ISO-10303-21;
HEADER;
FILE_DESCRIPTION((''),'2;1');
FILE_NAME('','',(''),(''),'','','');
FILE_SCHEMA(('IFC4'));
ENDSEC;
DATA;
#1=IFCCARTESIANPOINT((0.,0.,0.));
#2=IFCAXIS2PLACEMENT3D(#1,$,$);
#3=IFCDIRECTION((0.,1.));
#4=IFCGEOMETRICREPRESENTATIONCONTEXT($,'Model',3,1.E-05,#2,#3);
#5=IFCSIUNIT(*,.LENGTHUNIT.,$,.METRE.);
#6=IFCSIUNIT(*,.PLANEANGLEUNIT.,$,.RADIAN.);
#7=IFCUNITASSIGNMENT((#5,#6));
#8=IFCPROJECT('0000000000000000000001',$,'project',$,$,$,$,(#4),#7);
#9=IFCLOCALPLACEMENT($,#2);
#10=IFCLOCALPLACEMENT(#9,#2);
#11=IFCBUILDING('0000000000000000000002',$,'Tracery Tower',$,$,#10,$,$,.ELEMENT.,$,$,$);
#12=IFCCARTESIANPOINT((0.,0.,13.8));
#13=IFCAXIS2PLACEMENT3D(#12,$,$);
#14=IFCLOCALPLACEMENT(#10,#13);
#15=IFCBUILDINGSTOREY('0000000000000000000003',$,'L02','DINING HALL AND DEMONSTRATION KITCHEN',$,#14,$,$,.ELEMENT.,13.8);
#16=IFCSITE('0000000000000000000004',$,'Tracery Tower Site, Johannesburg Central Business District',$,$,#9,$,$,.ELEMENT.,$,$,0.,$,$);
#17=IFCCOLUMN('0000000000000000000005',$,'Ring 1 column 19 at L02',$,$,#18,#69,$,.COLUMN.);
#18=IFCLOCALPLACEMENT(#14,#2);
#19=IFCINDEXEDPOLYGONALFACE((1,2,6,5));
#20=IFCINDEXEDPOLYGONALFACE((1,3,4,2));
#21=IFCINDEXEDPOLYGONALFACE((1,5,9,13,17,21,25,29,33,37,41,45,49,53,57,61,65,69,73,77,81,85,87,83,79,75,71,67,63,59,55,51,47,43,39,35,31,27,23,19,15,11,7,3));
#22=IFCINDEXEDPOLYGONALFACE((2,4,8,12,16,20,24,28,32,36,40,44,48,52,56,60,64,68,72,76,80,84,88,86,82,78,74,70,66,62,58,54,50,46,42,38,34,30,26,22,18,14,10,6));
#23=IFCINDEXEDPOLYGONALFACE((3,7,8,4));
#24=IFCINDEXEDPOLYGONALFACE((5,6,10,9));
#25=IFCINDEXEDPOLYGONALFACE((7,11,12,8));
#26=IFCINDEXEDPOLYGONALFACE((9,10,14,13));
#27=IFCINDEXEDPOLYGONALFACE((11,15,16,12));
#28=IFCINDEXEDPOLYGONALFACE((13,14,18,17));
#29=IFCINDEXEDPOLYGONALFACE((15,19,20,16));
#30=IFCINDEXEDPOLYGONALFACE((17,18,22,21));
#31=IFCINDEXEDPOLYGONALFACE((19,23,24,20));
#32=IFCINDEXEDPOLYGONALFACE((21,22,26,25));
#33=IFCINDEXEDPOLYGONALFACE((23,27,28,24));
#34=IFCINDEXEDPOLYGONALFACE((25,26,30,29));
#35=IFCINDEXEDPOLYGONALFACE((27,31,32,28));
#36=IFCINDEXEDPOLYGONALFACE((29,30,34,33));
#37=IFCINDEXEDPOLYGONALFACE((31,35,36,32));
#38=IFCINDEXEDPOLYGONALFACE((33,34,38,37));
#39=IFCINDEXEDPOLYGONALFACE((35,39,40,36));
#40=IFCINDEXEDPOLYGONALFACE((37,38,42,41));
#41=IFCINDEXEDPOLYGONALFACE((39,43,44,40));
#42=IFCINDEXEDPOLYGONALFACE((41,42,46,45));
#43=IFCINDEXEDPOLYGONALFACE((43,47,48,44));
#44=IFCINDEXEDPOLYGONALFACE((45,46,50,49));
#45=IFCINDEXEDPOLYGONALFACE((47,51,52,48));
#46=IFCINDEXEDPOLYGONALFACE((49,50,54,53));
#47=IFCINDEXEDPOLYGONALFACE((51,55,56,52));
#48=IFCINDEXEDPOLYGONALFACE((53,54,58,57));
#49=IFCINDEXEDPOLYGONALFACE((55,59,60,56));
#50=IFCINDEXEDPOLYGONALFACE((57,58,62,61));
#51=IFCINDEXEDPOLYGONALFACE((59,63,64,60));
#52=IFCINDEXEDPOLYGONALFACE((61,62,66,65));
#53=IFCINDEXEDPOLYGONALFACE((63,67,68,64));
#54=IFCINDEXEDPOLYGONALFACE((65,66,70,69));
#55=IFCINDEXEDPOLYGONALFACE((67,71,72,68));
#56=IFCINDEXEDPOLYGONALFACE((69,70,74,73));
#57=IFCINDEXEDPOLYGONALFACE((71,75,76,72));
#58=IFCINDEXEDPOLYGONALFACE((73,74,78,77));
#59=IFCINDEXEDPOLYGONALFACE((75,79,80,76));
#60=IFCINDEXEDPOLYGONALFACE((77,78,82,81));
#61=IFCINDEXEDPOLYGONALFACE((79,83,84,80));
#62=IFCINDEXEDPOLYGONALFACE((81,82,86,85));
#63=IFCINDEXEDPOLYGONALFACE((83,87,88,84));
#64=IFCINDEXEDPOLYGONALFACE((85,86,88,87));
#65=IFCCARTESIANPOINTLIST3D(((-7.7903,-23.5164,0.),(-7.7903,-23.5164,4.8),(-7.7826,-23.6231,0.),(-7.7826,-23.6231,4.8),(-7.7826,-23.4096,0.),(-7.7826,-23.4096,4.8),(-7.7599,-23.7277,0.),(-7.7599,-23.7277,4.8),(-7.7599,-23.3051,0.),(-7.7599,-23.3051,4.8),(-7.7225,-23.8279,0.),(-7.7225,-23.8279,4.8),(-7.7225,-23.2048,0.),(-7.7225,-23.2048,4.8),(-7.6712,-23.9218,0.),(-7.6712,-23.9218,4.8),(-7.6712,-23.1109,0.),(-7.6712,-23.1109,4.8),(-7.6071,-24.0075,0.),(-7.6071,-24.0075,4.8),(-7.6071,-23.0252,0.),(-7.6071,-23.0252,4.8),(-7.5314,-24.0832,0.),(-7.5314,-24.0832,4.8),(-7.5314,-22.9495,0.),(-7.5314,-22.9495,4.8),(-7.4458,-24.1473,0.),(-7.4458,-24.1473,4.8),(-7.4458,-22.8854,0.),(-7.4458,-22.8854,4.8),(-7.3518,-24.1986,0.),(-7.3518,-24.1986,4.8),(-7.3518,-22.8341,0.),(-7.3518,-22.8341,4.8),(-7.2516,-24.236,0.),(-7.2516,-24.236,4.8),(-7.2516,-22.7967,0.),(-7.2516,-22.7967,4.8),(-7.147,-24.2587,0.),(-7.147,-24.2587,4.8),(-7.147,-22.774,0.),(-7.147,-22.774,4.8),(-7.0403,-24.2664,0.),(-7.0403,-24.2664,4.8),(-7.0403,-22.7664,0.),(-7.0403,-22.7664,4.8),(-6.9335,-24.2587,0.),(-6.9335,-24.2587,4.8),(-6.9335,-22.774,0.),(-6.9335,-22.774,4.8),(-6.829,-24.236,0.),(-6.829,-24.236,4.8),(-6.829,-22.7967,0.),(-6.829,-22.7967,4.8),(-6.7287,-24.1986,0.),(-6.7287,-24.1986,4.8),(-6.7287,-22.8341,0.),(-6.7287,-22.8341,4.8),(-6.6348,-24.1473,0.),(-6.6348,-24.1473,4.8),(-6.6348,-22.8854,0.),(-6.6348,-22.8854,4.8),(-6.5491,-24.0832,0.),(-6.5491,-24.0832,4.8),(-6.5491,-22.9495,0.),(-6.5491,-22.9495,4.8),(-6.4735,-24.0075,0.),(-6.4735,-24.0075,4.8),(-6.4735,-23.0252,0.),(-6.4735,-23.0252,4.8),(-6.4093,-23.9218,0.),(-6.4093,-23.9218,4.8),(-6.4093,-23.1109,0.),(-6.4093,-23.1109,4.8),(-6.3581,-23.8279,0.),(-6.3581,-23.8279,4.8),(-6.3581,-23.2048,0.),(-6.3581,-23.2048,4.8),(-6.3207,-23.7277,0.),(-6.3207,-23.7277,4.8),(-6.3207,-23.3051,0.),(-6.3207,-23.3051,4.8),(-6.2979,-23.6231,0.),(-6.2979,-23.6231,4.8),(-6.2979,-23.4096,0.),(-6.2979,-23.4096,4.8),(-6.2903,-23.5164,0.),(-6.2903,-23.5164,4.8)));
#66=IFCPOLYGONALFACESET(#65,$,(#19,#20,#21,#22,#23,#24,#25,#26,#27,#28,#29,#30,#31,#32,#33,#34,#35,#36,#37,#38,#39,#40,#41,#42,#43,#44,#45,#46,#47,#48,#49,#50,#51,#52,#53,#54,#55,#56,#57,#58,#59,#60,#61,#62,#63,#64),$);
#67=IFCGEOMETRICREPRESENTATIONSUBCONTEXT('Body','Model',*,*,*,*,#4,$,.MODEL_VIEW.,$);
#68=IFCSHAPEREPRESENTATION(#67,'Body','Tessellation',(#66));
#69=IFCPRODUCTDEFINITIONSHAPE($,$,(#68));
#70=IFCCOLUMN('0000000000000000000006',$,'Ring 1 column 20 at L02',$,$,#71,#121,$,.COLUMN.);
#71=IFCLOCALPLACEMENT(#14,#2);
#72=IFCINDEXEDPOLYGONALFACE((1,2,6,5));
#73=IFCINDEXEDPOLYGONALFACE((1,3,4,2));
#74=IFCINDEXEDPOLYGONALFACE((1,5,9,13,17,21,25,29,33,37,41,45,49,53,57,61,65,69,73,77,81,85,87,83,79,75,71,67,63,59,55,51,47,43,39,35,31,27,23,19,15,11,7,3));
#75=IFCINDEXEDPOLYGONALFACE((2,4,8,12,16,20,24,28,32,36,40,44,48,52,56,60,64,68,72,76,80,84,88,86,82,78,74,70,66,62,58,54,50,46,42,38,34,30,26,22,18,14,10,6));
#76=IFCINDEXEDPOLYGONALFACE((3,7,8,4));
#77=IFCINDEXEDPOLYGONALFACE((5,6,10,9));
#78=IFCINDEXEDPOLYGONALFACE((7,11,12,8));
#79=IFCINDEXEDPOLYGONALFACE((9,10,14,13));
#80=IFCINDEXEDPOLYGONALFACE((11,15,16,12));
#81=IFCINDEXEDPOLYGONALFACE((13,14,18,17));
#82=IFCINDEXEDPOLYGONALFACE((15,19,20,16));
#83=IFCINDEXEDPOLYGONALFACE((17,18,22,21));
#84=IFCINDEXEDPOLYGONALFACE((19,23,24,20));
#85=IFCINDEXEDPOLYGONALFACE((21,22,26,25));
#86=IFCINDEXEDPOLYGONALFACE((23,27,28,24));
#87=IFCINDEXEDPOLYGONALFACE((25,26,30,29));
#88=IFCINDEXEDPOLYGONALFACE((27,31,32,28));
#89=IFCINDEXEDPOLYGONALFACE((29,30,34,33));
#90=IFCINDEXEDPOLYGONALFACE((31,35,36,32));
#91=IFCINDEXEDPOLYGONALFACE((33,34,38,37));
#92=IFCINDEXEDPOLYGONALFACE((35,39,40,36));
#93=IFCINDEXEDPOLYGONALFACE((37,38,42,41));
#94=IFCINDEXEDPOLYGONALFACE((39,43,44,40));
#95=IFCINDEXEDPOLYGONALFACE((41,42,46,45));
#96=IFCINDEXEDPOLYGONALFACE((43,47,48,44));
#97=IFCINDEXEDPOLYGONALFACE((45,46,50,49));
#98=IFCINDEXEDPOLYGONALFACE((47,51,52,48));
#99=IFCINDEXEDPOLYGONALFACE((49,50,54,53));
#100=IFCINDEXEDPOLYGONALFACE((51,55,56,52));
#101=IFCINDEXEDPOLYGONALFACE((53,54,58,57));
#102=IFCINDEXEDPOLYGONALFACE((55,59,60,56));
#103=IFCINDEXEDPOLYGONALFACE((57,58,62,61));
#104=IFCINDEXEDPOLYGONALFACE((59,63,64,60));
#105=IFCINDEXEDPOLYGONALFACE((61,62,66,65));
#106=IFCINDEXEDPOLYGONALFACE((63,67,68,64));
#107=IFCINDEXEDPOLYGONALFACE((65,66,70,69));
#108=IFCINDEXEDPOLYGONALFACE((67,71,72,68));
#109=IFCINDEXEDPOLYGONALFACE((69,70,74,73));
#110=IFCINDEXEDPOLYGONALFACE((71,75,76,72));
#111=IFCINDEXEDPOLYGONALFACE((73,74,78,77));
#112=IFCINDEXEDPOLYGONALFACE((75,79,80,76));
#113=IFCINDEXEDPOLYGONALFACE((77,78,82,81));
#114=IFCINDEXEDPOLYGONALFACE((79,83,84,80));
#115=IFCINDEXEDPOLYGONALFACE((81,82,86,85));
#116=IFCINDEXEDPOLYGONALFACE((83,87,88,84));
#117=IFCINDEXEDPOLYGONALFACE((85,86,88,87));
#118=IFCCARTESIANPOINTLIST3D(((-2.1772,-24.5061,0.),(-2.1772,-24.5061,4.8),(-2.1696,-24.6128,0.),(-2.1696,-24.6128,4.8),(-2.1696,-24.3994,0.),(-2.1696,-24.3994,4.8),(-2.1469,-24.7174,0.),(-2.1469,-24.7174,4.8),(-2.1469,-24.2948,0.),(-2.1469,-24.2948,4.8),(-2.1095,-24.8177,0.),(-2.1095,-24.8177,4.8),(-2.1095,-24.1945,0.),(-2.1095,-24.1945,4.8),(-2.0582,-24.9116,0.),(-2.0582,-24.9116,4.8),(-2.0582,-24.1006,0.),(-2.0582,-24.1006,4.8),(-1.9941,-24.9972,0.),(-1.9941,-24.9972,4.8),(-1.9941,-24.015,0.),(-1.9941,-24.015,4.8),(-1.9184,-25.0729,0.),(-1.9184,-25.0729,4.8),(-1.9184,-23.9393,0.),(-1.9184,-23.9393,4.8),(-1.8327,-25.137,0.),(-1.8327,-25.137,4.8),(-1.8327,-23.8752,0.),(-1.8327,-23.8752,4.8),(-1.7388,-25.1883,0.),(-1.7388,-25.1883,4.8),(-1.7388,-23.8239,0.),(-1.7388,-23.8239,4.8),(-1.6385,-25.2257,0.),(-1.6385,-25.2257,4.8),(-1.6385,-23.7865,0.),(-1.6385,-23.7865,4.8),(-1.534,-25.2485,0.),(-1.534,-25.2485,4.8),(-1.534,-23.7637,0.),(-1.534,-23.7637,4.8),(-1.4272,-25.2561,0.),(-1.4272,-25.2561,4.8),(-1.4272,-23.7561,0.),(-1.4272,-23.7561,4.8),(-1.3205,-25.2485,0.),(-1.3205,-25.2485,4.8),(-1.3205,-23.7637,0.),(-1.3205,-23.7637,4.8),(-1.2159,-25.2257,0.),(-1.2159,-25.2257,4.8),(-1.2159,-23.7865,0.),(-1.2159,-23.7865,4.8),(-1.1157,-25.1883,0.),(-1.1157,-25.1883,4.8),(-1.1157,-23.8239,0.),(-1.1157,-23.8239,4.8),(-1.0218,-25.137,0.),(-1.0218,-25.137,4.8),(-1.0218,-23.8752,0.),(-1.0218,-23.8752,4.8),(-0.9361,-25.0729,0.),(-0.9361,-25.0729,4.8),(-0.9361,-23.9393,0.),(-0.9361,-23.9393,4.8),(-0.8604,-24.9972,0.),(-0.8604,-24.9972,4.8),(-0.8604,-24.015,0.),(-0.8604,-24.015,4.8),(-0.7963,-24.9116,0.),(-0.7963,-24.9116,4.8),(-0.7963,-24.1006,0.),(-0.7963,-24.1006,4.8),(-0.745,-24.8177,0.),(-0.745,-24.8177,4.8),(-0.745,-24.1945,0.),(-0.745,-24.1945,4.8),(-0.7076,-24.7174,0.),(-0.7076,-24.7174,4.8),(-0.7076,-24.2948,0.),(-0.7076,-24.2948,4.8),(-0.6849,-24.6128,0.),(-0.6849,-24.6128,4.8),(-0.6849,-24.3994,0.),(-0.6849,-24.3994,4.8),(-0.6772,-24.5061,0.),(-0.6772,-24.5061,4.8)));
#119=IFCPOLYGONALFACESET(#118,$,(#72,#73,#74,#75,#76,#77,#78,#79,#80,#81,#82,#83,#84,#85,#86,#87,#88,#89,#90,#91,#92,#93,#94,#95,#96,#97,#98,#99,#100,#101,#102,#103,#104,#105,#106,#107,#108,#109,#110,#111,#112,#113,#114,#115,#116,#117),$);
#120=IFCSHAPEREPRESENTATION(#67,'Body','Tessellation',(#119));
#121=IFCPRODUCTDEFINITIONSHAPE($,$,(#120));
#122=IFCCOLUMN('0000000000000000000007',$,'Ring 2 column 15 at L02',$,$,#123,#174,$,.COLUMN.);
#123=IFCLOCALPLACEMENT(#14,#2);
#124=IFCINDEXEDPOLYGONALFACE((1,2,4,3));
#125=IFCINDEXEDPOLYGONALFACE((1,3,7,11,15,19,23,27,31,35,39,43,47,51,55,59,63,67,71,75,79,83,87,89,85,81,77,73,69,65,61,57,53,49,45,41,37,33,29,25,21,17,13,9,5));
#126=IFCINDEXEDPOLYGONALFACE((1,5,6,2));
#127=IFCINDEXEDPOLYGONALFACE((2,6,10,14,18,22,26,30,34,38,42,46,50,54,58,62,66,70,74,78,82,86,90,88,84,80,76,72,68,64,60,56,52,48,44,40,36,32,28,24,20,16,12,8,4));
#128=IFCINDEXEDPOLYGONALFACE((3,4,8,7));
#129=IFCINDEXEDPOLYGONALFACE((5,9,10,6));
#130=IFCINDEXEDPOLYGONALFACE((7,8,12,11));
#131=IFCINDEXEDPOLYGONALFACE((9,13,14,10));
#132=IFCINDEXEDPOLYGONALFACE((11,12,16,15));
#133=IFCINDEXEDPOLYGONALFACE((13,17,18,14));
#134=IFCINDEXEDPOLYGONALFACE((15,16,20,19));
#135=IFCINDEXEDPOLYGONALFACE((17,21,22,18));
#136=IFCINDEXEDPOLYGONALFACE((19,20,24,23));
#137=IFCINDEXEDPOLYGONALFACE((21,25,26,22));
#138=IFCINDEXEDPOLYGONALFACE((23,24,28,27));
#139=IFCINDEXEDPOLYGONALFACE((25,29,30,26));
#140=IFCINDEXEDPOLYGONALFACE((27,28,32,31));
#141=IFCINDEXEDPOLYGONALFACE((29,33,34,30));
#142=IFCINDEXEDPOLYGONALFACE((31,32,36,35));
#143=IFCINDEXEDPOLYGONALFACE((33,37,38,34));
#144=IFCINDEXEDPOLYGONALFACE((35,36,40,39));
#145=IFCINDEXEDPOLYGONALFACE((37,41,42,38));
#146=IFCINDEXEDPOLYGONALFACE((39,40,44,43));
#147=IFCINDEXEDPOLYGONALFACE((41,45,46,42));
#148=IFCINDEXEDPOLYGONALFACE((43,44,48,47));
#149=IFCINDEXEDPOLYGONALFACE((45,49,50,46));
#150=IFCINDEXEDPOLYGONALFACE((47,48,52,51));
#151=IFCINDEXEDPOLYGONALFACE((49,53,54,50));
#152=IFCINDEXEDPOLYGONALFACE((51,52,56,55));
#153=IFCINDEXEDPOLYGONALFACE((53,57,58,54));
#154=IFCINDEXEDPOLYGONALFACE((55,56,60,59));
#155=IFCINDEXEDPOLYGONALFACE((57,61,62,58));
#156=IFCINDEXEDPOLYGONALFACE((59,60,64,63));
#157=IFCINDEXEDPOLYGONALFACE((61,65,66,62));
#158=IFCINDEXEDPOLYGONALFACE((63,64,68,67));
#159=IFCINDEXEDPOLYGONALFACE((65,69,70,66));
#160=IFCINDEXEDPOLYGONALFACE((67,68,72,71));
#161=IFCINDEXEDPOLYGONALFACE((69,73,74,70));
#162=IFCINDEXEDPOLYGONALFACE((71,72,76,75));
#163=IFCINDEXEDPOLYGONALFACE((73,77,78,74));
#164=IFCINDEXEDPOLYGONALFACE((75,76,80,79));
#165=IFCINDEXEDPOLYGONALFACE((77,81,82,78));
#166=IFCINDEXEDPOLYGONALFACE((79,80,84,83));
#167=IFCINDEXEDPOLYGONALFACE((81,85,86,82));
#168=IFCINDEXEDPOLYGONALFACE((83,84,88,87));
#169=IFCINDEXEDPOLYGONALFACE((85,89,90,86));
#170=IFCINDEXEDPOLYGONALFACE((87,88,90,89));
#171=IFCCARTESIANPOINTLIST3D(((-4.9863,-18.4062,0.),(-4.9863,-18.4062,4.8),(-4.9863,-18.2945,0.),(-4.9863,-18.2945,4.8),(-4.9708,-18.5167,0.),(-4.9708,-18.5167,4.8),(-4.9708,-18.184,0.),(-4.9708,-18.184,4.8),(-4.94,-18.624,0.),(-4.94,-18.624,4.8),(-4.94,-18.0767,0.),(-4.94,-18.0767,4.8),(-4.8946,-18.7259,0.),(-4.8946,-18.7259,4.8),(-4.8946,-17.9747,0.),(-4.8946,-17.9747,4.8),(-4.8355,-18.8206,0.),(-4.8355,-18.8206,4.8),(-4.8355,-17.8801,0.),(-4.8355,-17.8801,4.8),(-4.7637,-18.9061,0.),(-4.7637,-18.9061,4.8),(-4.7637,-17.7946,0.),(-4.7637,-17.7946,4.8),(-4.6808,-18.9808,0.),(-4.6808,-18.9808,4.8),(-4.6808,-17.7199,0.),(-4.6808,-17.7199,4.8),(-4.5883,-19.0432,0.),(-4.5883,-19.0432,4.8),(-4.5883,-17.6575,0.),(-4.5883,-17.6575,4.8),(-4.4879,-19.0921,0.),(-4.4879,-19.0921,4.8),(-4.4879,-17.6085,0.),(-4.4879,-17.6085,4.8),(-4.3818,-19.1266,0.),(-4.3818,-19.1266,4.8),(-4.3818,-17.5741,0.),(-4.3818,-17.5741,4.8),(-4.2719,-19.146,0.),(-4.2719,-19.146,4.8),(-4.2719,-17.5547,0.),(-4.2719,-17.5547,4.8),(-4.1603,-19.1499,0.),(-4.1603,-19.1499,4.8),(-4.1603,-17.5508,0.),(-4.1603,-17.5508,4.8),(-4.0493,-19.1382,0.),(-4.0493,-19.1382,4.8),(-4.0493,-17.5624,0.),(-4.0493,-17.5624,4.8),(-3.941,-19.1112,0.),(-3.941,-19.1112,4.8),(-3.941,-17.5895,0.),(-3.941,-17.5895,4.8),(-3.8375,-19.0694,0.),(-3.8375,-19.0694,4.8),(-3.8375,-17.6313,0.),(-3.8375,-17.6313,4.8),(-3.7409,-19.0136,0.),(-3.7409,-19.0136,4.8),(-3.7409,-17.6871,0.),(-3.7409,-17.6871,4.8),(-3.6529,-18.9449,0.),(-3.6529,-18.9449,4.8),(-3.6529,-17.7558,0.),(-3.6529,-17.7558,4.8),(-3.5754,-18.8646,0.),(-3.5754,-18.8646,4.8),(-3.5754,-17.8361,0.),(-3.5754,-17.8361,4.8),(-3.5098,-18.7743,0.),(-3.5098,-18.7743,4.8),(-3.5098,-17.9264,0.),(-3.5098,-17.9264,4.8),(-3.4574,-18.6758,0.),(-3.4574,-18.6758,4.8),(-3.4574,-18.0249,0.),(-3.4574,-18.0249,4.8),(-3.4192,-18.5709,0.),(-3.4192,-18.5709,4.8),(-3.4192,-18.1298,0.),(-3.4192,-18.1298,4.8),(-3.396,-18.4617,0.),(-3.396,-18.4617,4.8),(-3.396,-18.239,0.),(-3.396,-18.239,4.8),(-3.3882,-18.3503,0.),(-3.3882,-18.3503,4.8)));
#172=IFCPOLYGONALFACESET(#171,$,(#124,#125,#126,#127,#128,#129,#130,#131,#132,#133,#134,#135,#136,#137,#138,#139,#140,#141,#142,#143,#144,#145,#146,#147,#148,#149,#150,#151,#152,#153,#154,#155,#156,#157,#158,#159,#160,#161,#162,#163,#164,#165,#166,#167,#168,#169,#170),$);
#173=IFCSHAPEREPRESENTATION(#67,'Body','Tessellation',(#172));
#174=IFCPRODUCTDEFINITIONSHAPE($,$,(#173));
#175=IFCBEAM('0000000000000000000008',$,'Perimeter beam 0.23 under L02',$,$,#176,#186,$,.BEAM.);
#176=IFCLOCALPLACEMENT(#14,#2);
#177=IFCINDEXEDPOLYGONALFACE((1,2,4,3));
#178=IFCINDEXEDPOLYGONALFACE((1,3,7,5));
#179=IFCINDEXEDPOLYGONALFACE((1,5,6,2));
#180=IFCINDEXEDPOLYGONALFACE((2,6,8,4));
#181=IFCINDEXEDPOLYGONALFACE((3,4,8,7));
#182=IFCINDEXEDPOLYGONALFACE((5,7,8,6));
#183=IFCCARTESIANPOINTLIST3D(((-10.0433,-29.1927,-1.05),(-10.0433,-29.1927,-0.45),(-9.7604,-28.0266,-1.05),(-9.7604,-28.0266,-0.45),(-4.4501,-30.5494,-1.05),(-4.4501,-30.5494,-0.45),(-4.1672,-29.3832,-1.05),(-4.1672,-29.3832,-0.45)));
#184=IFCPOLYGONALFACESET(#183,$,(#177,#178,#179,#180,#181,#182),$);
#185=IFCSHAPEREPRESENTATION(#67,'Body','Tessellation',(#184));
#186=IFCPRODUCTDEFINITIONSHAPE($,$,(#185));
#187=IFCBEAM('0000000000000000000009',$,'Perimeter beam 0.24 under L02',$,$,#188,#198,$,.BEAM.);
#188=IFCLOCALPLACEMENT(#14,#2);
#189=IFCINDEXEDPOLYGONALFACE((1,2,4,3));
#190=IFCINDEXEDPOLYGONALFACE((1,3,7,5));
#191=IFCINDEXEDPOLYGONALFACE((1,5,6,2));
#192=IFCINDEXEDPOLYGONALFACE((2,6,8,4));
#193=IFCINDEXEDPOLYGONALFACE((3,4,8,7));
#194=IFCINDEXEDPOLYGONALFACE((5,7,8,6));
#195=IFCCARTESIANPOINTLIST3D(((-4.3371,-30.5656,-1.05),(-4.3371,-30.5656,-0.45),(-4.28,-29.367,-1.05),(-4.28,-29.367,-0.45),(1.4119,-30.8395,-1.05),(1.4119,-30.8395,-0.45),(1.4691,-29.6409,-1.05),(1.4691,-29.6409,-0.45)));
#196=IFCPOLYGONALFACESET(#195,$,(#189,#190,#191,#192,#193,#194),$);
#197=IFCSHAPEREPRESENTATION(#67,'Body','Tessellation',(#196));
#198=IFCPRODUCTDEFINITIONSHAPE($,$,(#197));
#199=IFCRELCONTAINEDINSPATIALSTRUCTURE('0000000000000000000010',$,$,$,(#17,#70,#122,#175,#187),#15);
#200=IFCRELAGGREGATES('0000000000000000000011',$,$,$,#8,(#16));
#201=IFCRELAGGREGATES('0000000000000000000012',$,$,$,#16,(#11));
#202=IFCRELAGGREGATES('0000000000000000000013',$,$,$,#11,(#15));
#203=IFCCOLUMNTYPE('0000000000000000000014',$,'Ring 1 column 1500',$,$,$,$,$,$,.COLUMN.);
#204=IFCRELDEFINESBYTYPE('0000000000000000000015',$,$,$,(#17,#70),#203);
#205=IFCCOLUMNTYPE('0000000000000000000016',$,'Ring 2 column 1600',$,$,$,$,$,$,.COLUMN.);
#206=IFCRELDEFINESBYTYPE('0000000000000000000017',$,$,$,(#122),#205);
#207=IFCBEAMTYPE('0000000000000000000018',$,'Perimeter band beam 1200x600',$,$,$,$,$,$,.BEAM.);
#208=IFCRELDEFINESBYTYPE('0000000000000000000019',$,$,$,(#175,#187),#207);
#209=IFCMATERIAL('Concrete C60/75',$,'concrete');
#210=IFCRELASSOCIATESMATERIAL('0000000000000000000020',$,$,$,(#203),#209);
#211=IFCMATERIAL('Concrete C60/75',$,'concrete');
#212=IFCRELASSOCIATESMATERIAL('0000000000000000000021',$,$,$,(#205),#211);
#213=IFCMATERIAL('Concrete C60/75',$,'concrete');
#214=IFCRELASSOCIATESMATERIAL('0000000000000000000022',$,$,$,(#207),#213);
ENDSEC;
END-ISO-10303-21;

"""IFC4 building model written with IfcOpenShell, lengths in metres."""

from ifc_helpers import new_model, si_unit, direction, frame, origin, origin_2d, place, context, subcontext, project, spatial, rectangle, circle, extrude, material, material_profile, profile_set, type_object, element, save


model = new_model("IFC4")

# Units and contexts
model_context = context("Model", 3, precision=1e-05, world=origin(), true_north=direction((0.0, 1.0)))
body_context = subcontext(model_context, "Body", "Model", "MODEL_VIEW")
ifc_project = project(units=[si_unit("LENGTHUNIT", "METRE"), si_unit("PLANEANGLEUNIT", "RADIAN")], contexts=[model_context])

# Site, building, storey
site_placement = place(None, origin())
site = spatial("IfcSite", under=ifc_project, at=site_placement, Name="Tracery Tower Site, Johannesburg Central Business District", CompositionType="ELEMENT", RefElevation=0.0)
building_placement = place(site_placement, origin())
building = spatial("IfcBuilding", under=site, at=building_placement, Name="Tracery Tower", CompositionType="ELEMENT")
storey_placement = place(building_placement, frame((0.0, 0.0, 13.8)))
storey = spatial("IfcBuildingStorey", under=building, at=storey_placement, Name="L02", Description="DINING HALL AND DEMONSTRATION KITCHEN", CompositionType="ELEMENT", Elevation=13.8)

# Columns
ifc_material_1 = material(Name="Concrete C60/75", Category="concrete")
ifc_material_profile_1 = material_profile(ifc_material_1, circle(Radius=0.75, at=origin_2d()), Name="RC D1500")
ifc_profile_set_1 = profile_set([ifc_material_profile_1], Name="Concrete C60/75")
column_type_1 = type_object("IfcColumnType", Name="Ring 1 column 1500", PredefinedType="COLUMN", material=ifc_profile_set_1)
for number, where, z_axis, x_axis, name in (
    (1, (-7.0403, -23.5164, 0.0), (0.0, 0.0, 1.0), (1.0, 0.0, 0.0), "Ring 1 column 19 at L02"),
    (2, (-1.4272, -24.5061, 0.0), (0.0, 0.0, 1.0), (1.0, 0.0, 0.0), "Ring 1 column 20 at L02"),
):
    element("IfcColumn", number, at=place(storey_placement, frame(where, z_axis=z_axis, x_axis=x_axis)), inside=storey, type_object=column_type_1, Name=name, PredefinedType="COLUMN", context=body_context, shape_type="SweptSolid", body=[
        extrude(circle(Radius=0.75, at=origin_2d()), origin(), (0.0, 0.0, 1.0), 4.8),
    ])
ifc_material_2 = material(Name="Concrete C60/75", Category="concrete")
ifc_material_profile_2 = material_profile(ifc_material_2, circle(Radius=0.8, at=origin_2d()), Name="RC D1600")
ifc_profile_set_2 = profile_set([ifc_material_profile_2], Name="Concrete C60/75")
column_type_2 = type_object("IfcColumnType", Name="Ring 2 column 1600", PredefinedType="COLUMN", material=ifc_profile_set_2)
column_placement = place(storey_placement, frame((-4.1882, -18.3503, 0.0), z_axis=(0.0, 0.0, 1.0), x_axis=(1.0, 0.0, 0.0)))
element("IfcColumn", 3, at=column_placement, inside=storey, type_object=column_type_2, Name="Ring 2 column 15 at L02", PredefinedType="COLUMN", context=body_context, shape_type="SweptSolid", body=[
    extrude(circle(Radius=0.8, at=origin_2d()), origin(), (0.0, 0.0, 1.0), 4.8),
])

# Beams
ifc_material_3 = material(Name="Concrete C60/75", Category="concrete")
ifc_material_profile_3 = material_profile(ifc_material_3, rectangle(XDim=1.2, YDim=0.6001, at=origin_2d()), Name="RC 1200x600")
ifc_profile_set_3 = profile_set([ifc_material_profile_3], Name="Concrete C60/75")
beam_type = type_object("IfcBeamType", Name="Perimeter band beam 1200x600", PredefinedType="BEAM", material=ifc_profile_set_3)
beam_1_placement = place(storey_placement, frame((-9.9019, -28.6096, -0.75), z_axis=(0.97182, -0.235723, 0.0), x_axis=(0.235723, 0.97182, 0.0)))
element("IfcBeam", 4, at=beam_1_placement, inside=storey, type_object=beam_type, Name="Perimeter beam 0.23 under L02", PredefinedType="BEAM", context=body_context, shape_type="SweptSolid", body=[
    extrude(rectangle(XDim=1.2, YDim=0.6001, at=origin_2d()), origin(), (0.0, 0.0, 1.0), 5.7554),
])
beam_2_placement = place(storey_placement, frame((-4.3086, -29.9663, -0.75), z_axis=(0.998867, -0.047593, 0.0), x_axis=(0.047593, 0.998867, 0.0)))
element("IfcBeam", 5, at=beam_2_placement, inside=storey, type_object=beam_type, Name="Perimeter beam 0.24 under L02", PredefinedType="BEAM", context=body_context, shape_type="SweptSolid", body=[
    extrude(rectangle(XDim=1.2, YDim=0.6001, at=origin_2d()), origin(), (0.0, 0.0, 1.0), 5.7556),
])

save(model, "model.ifc")
